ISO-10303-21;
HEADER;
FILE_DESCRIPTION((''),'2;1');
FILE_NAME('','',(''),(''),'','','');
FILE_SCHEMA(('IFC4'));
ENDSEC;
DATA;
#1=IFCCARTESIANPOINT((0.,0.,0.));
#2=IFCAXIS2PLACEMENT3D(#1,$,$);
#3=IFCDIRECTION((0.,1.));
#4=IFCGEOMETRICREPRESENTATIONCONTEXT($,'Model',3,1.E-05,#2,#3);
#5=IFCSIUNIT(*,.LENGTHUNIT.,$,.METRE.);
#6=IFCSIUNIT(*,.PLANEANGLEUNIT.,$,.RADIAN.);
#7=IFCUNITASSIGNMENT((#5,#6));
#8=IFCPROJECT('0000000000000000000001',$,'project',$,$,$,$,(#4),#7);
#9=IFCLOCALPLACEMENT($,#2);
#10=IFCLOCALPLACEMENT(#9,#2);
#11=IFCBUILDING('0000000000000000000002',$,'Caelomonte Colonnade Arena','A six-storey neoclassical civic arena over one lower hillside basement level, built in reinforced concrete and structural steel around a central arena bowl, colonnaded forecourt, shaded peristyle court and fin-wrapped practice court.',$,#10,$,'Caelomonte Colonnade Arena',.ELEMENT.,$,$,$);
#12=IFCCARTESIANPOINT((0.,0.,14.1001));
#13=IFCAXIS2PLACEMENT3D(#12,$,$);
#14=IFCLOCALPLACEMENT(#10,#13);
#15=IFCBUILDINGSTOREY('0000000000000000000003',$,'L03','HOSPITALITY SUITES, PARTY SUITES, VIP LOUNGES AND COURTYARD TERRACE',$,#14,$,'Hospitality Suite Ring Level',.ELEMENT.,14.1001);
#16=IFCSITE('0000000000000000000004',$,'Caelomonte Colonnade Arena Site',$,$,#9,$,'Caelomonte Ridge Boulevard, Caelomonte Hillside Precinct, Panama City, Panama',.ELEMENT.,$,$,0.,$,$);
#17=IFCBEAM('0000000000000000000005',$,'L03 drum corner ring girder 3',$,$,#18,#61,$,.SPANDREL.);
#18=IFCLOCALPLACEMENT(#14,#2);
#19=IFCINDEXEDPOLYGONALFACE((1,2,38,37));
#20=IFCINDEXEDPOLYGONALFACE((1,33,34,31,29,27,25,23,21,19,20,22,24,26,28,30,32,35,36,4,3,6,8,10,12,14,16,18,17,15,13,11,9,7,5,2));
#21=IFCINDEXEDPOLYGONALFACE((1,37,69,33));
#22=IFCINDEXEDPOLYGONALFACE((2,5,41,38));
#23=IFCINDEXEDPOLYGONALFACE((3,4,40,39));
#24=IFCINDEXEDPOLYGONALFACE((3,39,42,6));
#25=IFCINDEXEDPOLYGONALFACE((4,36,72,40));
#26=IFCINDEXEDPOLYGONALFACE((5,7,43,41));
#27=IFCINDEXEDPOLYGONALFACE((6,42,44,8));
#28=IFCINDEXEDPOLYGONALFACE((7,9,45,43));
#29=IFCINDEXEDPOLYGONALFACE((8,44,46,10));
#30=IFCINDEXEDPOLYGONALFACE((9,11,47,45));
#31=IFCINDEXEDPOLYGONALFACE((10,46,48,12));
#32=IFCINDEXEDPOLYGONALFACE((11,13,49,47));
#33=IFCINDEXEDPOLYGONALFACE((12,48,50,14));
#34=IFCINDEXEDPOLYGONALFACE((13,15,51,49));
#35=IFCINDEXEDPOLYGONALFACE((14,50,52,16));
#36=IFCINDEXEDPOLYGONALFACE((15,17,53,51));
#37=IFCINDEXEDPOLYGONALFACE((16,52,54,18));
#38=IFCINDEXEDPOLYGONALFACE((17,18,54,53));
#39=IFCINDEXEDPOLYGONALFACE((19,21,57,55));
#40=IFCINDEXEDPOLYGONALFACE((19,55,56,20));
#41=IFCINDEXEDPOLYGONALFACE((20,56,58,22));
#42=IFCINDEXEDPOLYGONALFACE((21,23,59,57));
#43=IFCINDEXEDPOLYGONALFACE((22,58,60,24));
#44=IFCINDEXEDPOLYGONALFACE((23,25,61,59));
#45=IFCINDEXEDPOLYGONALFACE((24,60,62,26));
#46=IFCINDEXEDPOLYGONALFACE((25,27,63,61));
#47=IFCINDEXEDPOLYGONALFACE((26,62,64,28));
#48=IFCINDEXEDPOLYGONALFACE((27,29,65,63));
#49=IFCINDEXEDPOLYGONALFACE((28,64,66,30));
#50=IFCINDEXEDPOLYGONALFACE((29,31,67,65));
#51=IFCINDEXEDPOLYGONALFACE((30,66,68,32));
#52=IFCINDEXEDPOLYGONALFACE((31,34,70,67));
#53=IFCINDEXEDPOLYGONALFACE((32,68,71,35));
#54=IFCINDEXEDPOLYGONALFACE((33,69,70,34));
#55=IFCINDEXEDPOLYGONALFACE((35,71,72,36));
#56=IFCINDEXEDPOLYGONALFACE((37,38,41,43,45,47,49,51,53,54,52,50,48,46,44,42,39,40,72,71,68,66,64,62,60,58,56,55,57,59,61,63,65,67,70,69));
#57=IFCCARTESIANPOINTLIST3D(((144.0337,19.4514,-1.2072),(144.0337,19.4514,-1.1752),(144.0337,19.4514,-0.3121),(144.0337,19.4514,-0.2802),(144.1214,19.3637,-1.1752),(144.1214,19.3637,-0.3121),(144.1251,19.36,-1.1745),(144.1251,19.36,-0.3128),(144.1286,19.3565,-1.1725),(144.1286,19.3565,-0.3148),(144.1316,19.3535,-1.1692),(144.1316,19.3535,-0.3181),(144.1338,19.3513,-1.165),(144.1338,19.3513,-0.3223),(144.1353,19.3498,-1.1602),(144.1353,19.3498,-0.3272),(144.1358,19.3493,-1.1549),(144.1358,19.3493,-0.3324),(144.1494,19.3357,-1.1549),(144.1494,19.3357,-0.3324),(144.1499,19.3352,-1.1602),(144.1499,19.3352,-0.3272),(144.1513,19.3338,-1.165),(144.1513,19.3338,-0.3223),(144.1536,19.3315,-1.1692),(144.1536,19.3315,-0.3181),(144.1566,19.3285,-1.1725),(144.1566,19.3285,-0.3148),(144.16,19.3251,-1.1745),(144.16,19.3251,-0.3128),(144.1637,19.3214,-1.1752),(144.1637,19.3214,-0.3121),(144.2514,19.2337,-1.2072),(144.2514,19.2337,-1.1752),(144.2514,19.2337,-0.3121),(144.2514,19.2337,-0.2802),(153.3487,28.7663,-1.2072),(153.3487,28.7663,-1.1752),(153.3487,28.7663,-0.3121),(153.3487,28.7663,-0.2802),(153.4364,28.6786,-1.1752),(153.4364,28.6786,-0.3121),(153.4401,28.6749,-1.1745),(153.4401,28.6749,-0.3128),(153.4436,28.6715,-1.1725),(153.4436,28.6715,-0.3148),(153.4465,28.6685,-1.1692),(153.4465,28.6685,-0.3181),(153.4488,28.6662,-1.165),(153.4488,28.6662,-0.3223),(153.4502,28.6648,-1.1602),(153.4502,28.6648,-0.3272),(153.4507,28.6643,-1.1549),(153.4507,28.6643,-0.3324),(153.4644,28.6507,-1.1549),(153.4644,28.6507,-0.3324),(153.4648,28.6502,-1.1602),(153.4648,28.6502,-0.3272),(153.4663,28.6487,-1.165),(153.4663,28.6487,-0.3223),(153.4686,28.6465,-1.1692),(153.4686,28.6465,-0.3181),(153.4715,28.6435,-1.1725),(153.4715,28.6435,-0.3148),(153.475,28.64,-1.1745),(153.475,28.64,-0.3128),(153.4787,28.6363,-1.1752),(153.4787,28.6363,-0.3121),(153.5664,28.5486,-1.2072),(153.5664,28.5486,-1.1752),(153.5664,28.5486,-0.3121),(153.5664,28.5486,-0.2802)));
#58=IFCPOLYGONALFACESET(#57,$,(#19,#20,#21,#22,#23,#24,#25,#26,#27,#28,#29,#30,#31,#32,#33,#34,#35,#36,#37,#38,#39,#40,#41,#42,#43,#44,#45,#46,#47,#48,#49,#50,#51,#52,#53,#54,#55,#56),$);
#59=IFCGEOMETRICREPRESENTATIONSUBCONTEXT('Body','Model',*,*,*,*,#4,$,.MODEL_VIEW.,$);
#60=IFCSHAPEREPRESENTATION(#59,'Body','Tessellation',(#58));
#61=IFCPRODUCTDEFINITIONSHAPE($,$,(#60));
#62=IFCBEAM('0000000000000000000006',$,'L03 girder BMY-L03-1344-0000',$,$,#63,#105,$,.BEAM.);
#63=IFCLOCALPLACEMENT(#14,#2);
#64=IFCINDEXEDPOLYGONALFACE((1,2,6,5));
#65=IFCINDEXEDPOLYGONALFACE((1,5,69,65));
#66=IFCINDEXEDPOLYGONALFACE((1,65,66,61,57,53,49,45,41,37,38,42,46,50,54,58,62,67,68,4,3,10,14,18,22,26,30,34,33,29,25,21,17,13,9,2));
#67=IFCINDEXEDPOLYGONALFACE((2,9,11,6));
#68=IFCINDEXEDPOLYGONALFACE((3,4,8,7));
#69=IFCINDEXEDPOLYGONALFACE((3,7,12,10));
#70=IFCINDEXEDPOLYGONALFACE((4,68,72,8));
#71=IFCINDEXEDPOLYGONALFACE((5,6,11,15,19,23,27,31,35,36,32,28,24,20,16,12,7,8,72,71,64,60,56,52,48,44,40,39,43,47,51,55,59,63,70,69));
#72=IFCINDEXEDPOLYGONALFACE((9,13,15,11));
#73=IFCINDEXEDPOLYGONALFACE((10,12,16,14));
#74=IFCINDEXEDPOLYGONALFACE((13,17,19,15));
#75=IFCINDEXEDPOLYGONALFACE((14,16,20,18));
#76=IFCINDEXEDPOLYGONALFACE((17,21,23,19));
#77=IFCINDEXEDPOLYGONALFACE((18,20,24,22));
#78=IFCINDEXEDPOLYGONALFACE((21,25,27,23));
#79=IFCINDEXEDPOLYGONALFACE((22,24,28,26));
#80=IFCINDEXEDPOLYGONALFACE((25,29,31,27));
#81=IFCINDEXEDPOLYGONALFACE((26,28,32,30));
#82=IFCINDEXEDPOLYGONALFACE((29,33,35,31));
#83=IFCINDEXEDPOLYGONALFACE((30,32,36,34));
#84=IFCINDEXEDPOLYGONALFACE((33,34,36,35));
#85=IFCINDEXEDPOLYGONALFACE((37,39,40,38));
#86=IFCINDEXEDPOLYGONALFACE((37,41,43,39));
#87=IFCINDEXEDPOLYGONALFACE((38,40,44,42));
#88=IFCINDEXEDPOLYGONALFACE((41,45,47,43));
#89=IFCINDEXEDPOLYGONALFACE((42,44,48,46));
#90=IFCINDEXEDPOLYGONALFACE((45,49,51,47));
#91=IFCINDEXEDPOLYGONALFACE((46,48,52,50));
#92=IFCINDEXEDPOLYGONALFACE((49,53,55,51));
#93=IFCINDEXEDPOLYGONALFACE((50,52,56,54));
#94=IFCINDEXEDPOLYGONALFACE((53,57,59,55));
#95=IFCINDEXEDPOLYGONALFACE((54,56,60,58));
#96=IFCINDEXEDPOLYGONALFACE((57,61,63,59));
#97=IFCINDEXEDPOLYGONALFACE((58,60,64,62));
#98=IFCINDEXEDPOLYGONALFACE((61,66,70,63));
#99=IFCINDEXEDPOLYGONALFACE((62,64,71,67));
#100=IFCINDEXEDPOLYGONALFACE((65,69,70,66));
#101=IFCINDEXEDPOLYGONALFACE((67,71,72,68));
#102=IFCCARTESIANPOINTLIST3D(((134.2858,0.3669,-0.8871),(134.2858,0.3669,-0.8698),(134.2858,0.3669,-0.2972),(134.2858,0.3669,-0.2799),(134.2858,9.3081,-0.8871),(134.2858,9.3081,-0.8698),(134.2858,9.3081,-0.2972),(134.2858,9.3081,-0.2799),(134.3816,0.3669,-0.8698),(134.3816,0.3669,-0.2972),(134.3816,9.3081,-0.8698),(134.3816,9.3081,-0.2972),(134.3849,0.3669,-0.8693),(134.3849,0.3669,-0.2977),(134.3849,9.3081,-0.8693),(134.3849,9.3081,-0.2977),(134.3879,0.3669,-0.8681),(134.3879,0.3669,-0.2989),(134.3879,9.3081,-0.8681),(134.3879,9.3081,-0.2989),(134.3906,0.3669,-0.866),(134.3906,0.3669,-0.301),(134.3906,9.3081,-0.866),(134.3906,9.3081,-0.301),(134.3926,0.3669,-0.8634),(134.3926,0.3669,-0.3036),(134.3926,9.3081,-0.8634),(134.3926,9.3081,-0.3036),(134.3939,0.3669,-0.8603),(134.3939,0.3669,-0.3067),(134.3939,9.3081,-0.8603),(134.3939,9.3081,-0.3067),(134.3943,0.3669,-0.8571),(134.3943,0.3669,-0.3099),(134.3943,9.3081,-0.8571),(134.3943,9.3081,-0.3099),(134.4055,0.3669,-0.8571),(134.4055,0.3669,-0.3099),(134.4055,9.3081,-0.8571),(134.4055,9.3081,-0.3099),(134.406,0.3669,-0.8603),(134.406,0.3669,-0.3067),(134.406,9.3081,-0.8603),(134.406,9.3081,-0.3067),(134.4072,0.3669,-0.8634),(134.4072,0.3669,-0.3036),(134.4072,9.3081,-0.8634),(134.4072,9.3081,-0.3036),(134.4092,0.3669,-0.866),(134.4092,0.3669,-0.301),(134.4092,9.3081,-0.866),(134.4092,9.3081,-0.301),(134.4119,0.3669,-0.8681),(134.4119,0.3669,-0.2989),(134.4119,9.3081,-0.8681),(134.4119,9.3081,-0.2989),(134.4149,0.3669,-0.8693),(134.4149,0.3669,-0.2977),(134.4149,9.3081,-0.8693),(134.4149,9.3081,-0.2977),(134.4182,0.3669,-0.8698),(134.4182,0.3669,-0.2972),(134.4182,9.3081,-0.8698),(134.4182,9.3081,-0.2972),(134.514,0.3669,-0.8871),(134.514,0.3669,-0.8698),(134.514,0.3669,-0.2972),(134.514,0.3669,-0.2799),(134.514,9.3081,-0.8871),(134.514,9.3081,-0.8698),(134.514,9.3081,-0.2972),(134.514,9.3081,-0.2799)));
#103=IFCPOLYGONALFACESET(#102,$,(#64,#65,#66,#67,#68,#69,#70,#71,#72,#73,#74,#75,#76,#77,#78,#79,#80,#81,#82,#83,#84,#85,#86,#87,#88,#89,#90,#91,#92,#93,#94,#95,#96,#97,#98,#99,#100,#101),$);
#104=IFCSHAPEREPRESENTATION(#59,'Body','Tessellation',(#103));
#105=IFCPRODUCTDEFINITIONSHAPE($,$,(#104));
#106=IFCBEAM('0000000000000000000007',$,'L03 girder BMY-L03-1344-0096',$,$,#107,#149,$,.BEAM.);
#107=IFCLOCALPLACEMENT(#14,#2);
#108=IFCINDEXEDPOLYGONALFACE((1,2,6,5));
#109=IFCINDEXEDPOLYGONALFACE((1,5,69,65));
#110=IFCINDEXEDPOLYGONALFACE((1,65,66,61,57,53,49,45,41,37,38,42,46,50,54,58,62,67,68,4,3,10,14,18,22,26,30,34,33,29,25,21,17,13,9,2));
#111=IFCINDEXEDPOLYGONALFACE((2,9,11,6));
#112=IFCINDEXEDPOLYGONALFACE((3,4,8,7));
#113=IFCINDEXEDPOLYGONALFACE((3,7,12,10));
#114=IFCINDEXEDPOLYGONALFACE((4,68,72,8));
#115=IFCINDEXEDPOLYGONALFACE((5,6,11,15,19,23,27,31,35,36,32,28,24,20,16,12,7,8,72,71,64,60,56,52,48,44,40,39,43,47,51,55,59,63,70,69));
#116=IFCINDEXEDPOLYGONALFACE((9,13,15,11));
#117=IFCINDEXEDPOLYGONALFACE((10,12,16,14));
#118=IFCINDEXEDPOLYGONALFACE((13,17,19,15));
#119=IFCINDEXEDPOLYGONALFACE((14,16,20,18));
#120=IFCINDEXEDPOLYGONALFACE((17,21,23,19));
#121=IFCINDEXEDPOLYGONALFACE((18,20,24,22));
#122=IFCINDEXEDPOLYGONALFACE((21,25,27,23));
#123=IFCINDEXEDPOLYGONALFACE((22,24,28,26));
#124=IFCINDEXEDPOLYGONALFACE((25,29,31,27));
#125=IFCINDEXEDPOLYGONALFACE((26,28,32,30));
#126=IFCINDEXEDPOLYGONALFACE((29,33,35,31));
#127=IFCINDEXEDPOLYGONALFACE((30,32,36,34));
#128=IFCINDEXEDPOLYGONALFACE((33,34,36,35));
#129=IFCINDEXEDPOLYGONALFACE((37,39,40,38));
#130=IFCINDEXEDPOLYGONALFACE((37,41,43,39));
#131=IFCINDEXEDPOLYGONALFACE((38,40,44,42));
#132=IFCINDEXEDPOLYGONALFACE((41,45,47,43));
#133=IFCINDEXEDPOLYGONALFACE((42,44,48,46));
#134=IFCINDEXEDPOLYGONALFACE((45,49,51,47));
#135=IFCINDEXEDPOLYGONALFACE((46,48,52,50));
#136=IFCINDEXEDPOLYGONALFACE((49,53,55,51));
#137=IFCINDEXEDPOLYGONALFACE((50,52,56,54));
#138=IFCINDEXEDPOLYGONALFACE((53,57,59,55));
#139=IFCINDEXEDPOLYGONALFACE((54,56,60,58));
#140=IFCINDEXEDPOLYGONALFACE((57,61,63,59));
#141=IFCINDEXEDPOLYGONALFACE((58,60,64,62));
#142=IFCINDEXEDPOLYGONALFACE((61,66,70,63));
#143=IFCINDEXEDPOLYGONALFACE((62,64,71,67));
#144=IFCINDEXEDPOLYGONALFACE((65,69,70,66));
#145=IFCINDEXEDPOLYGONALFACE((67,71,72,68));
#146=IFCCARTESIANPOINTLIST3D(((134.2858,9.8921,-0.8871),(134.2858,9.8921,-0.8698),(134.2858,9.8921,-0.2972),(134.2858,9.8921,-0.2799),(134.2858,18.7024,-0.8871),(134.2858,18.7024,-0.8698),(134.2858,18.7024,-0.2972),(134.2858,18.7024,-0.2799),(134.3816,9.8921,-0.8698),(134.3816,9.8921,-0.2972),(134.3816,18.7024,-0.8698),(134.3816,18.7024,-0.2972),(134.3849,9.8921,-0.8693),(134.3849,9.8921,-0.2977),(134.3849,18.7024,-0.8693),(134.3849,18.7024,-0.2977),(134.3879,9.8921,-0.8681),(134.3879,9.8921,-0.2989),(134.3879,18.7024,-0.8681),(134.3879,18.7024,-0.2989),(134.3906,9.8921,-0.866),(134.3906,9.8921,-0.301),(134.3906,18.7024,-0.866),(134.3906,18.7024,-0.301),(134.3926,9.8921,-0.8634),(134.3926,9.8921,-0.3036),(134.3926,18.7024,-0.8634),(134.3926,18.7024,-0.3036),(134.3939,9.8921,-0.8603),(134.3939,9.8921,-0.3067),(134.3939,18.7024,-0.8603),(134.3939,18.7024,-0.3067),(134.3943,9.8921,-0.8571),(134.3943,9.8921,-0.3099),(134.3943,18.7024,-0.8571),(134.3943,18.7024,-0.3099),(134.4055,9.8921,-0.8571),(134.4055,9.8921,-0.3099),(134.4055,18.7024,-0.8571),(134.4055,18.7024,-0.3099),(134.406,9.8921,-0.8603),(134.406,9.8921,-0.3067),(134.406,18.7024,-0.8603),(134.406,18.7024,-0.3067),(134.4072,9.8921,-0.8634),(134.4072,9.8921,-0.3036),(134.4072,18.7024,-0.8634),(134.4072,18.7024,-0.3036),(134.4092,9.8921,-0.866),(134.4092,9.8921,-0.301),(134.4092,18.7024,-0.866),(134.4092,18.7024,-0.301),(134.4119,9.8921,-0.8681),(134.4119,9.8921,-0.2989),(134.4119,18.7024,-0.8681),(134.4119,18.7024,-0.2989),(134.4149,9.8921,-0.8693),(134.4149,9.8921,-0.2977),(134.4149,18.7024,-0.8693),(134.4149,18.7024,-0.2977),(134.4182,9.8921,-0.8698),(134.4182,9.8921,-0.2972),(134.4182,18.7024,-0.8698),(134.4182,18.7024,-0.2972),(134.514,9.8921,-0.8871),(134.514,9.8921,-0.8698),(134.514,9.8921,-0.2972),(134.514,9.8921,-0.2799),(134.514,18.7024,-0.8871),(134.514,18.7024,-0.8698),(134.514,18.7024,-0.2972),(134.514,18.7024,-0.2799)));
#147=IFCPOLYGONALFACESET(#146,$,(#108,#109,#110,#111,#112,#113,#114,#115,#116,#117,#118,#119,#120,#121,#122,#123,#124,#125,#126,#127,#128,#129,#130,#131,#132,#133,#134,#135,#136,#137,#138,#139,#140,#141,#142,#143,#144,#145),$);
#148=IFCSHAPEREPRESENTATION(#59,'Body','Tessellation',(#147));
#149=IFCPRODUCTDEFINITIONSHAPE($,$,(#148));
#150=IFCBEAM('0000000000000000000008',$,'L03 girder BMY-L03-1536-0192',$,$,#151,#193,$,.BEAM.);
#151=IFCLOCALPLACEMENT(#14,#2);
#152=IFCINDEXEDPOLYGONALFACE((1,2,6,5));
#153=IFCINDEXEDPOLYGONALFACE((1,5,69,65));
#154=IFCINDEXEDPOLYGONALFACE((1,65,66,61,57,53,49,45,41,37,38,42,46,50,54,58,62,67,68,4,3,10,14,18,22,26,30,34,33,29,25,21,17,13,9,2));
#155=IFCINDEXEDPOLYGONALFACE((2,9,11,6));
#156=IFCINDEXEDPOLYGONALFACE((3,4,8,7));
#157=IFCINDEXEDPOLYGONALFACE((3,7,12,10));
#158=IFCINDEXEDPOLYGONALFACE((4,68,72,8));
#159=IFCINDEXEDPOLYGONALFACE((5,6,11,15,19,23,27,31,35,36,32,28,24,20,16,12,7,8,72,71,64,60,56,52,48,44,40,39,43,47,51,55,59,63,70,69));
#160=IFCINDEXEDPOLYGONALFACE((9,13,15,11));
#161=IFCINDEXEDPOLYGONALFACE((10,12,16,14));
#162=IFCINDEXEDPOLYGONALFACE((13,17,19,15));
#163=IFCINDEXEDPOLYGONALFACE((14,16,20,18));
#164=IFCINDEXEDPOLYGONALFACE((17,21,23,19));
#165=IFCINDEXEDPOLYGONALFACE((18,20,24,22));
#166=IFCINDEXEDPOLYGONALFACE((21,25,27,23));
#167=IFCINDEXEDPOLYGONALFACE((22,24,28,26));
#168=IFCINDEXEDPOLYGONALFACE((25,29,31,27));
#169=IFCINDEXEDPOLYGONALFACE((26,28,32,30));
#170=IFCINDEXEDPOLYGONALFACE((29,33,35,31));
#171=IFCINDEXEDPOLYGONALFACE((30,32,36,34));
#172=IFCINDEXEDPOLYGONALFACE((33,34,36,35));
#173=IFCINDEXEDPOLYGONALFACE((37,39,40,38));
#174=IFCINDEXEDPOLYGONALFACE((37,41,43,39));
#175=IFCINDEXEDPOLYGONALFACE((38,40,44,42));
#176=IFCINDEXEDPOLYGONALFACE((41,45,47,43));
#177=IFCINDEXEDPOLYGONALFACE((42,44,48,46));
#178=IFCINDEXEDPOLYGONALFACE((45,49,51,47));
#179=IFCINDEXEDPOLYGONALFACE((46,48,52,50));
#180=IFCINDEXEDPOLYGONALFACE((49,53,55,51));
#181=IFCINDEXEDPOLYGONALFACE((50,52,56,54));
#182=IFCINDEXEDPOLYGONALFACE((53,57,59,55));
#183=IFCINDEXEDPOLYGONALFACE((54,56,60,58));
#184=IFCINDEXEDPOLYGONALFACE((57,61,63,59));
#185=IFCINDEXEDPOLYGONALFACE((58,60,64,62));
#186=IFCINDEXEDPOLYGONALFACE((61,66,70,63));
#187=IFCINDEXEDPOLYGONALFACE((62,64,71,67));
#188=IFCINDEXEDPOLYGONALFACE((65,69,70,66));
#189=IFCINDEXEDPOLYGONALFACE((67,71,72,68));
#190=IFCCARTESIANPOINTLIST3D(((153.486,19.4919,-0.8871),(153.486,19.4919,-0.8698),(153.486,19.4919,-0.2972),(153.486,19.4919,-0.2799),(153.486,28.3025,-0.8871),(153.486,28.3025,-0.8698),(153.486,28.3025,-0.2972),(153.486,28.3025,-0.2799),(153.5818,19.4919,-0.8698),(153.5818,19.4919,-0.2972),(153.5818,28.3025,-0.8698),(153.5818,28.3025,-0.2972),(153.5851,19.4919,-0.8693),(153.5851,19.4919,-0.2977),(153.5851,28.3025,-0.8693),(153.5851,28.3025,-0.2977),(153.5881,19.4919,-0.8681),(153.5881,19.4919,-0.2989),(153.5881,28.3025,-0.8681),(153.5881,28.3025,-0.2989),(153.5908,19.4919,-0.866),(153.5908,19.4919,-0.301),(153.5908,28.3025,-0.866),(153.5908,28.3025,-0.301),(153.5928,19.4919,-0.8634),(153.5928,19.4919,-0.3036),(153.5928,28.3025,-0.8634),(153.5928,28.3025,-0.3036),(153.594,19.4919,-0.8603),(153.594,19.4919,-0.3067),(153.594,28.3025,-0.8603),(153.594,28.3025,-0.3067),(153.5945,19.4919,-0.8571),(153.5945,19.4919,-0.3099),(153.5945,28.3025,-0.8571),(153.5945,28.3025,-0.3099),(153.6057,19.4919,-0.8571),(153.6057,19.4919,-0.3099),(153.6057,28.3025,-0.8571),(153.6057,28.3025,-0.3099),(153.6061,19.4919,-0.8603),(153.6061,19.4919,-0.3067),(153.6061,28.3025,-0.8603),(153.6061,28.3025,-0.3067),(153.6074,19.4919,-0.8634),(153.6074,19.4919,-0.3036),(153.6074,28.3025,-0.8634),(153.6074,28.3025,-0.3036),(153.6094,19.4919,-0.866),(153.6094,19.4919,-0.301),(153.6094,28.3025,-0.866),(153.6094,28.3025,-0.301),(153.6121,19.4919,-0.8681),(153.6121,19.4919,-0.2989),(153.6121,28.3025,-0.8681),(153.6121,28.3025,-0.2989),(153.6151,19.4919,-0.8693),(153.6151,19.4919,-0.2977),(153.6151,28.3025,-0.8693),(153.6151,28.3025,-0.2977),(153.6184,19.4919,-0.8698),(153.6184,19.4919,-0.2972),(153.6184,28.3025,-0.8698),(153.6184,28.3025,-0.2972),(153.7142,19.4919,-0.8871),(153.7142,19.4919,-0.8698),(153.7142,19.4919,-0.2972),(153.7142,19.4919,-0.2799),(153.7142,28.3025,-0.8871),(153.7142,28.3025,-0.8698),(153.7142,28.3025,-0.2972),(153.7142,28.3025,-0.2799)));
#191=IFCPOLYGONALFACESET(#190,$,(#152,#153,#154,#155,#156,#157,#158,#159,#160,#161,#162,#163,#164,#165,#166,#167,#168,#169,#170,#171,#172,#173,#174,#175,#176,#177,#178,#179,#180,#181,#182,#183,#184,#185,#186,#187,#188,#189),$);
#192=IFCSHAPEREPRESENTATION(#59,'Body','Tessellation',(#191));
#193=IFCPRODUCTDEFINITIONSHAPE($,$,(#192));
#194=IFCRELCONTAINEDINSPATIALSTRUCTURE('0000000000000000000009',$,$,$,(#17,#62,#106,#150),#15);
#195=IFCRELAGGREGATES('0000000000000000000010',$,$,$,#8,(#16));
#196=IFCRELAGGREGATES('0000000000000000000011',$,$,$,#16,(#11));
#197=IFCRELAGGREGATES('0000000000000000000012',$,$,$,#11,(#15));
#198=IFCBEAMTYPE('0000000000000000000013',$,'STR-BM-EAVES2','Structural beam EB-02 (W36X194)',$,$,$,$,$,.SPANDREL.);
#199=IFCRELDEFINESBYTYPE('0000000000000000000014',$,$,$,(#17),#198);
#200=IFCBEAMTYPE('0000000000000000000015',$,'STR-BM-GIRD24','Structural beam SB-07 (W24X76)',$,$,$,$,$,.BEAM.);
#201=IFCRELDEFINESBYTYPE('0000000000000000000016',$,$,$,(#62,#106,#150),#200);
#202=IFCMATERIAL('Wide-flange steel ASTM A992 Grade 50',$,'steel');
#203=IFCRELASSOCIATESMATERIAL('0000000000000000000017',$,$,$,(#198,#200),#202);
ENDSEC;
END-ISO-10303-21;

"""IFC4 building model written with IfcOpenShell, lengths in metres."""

from ifc_helpers import new_model, si_unit, direction, frame, origin, origin_2d, place, context, subcontext, project, spatial, i_section, extrude, material, material_profile, profile_set, type_object, element, save


model = new_model("IFC4")

# Units and contexts
model_context = context("Model", 3, precision=1e-05, world=origin(), true_north=direction((0.0, 1.0)))
body_context = subcontext(model_context, "Body", "Model", "MODEL_VIEW")
ifc_project = project(units=[si_unit("LENGTHUNIT", "METRE"), si_unit("PLANEANGLEUNIT", "RADIAN")], contexts=[model_context])

# Site, building, storey
site_placement = place(None, origin())
site = spatial("IfcSite", under=ifc_project, at=site_placement, Name="Caelomonte Colonnade Arena Site", LongName="Caelomonte Ridge Boulevard, Caelomonte Hillside Precinct, Panama City, Panama", CompositionType="ELEMENT", RefElevation=0.0)
building_placement = place(site_placement, origin())
building = spatial("IfcBuilding", under=site, at=building_placement, Name="Caelomonte Colonnade Arena", Description="A six-storey neoclassical civic arena over one lower hillside basement level, built in reinforced concrete and structural steel around a central arena bowl, colonnaded forecourt, shaded peristyle court and fin-wrapped practice court.", LongName="Caelomonte Colonnade Arena", CompositionType="ELEMENT")
storey_placement = place(building_placement, frame((0.0, 0.0, 14.1001)))
storey = spatial("IfcBuildingStorey", under=building, at=storey_placement, Name="L03", Description="HOSPITALITY SUITES, PARTY SUITES, VIP LOUNGES AND COURTYARD TERRACE", LongName="Hospitality Suite Ring Level", CompositionType="ELEMENT", Elevation=14.1001)

# Shared definitions
ifc_material_1 = material(Name="Wide-flange steel ASTM A992 Grade 50", Category="steel")

# Beams
ifc_material_profile_1 = material_profile(ifc_material_1, i_section(OverallWidth=0.3079, OverallDepth=0.927, WebThickness=0.0193, FlangeThickness=0.032, FilletRadius=0.0203, at=origin_2d()), Name="W36X194")
ifc_profile_set_1 = profile_set([ifc_material_profile_1], Name="Wide-flange steel ASTM A992 Grade 50")
beam_type_1 = type_object("IfcBeamType", Name="STR-BM-EAVES2", Description="Structural beam EB-02 (W36X194)", PredefinedType="SPANDREL", material=ifc_profile_set_1)
beam_1_placement = place(storey_placement, frame((144.1426, 19.3425, -0.7437), z_axis=(0.707107, 0.707107, 0.0), x_axis=(-0.707107, 0.707107, 0.0)))
element("IfcBeam", 1, at=beam_1_placement, inside=storey, type_object=beam_type_1, Name="L03 drum corner ring girder 3", PredefinedType="SPANDREL", context=body_context, shape_type="SweptSolid", body=[
    extrude(i_section(OverallWidth=0.3079, OverallDepth=0.927, WebThickness=0.0193, FlangeThickness=0.032, FilletRadius=0.0203, at=origin_2d()), origin(), (0.0, 0.0, 1.0), 13.1733),
])
ifc_material_profile_2 = material_profile(ifc_material_1, i_section(OverallWidth=0.2283, OverallDepth=0.6072, WebThickness=0.0112, FlangeThickness=0.0173, FilletRadius=0.0127, at=origin_2d()), Name="W24X76")
ifc_profile_set_2 = profile_set([ifc_material_profile_2], Name="Wide-flange steel ASTM A992 Grade 50")
beam_type_2 = type_object("IfcBeamType", Name="STR-BM-GIRD24", Description="Structural beam SB-07 (W24X76)", PredefinedType="BEAM", material=ifc_profile_set_2)
beam_2_placement = place(storey_placement, frame((134.3999, 0.3669, -0.5835), z_axis=(0.0, 1.0, 0.0), x_axis=(-1.0, 0.0, 0.0)))
element("IfcBeam", 2, at=beam_2_placement, inside=storey, type_object=beam_type_2, Name="L03 girder BMY-L03-1344-0000", PredefinedType="BEAM", context=body_context, shape_type="SweptSolid", body=[
    extrude(i_section(OverallWidth=0.2283, OverallDepth=0.6072, WebThickness=0.0112, FlangeThickness=0.0173, FilletRadius=0.0127, at=origin_2d()), origin(), (0.0, 0.0, 1.0), 8.9412),
])
beam_3_placement = place(storey_placement, frame((134.3999, 9.8921, -0.5835), z_axis=(0.0, 1.0, 0.0), x_axis=(-1.0, 0.0, 0.0)))
element("IfcBeam", 3, at=beam_3_placement, inside=storey, type_object=beam_type_2, Name="L03 girder BMY-L03-1344-0096", PredefinedType="BEAM", context=body_context, shape_type="SweptSolid", body=[
    extrude(i_section(OverallWidth=0.2283, OverallDepth=0.6072, WebThickness=0.0112, FlangeThickness=0.0173, FilletRadius=0.0127, at=origin_2d()), origin(), (0.0, 0.0, 1.0), 8.8103),
])
beam_4_placement = place(storey_placement, frame((153.6001, 19.4919, -0.5835), z_axis=(0.0, 1.0, 0.0), x_axis=(-1.0, 0.0, 0.0)))
element("IfcBeam", 4, at=beam_4_placement, inside=storey, type_object=beam_type_2, Name="L03 girder BMY-L03-1536-0192", PredefinedType="BEAM", context=body_context, shape_type="SweptSolid", body=[
    extrude(i_section(OverallWidth=0.2283, OverallDepth=0.6072, WebThickness=0.0112, FlangeThickness=0.0173, FilletRadius=0.0127, at=origin_2d()), origin(), (0.0, 0.0, 1.0), 8.8105),
])

save(model, "model.ifc")
